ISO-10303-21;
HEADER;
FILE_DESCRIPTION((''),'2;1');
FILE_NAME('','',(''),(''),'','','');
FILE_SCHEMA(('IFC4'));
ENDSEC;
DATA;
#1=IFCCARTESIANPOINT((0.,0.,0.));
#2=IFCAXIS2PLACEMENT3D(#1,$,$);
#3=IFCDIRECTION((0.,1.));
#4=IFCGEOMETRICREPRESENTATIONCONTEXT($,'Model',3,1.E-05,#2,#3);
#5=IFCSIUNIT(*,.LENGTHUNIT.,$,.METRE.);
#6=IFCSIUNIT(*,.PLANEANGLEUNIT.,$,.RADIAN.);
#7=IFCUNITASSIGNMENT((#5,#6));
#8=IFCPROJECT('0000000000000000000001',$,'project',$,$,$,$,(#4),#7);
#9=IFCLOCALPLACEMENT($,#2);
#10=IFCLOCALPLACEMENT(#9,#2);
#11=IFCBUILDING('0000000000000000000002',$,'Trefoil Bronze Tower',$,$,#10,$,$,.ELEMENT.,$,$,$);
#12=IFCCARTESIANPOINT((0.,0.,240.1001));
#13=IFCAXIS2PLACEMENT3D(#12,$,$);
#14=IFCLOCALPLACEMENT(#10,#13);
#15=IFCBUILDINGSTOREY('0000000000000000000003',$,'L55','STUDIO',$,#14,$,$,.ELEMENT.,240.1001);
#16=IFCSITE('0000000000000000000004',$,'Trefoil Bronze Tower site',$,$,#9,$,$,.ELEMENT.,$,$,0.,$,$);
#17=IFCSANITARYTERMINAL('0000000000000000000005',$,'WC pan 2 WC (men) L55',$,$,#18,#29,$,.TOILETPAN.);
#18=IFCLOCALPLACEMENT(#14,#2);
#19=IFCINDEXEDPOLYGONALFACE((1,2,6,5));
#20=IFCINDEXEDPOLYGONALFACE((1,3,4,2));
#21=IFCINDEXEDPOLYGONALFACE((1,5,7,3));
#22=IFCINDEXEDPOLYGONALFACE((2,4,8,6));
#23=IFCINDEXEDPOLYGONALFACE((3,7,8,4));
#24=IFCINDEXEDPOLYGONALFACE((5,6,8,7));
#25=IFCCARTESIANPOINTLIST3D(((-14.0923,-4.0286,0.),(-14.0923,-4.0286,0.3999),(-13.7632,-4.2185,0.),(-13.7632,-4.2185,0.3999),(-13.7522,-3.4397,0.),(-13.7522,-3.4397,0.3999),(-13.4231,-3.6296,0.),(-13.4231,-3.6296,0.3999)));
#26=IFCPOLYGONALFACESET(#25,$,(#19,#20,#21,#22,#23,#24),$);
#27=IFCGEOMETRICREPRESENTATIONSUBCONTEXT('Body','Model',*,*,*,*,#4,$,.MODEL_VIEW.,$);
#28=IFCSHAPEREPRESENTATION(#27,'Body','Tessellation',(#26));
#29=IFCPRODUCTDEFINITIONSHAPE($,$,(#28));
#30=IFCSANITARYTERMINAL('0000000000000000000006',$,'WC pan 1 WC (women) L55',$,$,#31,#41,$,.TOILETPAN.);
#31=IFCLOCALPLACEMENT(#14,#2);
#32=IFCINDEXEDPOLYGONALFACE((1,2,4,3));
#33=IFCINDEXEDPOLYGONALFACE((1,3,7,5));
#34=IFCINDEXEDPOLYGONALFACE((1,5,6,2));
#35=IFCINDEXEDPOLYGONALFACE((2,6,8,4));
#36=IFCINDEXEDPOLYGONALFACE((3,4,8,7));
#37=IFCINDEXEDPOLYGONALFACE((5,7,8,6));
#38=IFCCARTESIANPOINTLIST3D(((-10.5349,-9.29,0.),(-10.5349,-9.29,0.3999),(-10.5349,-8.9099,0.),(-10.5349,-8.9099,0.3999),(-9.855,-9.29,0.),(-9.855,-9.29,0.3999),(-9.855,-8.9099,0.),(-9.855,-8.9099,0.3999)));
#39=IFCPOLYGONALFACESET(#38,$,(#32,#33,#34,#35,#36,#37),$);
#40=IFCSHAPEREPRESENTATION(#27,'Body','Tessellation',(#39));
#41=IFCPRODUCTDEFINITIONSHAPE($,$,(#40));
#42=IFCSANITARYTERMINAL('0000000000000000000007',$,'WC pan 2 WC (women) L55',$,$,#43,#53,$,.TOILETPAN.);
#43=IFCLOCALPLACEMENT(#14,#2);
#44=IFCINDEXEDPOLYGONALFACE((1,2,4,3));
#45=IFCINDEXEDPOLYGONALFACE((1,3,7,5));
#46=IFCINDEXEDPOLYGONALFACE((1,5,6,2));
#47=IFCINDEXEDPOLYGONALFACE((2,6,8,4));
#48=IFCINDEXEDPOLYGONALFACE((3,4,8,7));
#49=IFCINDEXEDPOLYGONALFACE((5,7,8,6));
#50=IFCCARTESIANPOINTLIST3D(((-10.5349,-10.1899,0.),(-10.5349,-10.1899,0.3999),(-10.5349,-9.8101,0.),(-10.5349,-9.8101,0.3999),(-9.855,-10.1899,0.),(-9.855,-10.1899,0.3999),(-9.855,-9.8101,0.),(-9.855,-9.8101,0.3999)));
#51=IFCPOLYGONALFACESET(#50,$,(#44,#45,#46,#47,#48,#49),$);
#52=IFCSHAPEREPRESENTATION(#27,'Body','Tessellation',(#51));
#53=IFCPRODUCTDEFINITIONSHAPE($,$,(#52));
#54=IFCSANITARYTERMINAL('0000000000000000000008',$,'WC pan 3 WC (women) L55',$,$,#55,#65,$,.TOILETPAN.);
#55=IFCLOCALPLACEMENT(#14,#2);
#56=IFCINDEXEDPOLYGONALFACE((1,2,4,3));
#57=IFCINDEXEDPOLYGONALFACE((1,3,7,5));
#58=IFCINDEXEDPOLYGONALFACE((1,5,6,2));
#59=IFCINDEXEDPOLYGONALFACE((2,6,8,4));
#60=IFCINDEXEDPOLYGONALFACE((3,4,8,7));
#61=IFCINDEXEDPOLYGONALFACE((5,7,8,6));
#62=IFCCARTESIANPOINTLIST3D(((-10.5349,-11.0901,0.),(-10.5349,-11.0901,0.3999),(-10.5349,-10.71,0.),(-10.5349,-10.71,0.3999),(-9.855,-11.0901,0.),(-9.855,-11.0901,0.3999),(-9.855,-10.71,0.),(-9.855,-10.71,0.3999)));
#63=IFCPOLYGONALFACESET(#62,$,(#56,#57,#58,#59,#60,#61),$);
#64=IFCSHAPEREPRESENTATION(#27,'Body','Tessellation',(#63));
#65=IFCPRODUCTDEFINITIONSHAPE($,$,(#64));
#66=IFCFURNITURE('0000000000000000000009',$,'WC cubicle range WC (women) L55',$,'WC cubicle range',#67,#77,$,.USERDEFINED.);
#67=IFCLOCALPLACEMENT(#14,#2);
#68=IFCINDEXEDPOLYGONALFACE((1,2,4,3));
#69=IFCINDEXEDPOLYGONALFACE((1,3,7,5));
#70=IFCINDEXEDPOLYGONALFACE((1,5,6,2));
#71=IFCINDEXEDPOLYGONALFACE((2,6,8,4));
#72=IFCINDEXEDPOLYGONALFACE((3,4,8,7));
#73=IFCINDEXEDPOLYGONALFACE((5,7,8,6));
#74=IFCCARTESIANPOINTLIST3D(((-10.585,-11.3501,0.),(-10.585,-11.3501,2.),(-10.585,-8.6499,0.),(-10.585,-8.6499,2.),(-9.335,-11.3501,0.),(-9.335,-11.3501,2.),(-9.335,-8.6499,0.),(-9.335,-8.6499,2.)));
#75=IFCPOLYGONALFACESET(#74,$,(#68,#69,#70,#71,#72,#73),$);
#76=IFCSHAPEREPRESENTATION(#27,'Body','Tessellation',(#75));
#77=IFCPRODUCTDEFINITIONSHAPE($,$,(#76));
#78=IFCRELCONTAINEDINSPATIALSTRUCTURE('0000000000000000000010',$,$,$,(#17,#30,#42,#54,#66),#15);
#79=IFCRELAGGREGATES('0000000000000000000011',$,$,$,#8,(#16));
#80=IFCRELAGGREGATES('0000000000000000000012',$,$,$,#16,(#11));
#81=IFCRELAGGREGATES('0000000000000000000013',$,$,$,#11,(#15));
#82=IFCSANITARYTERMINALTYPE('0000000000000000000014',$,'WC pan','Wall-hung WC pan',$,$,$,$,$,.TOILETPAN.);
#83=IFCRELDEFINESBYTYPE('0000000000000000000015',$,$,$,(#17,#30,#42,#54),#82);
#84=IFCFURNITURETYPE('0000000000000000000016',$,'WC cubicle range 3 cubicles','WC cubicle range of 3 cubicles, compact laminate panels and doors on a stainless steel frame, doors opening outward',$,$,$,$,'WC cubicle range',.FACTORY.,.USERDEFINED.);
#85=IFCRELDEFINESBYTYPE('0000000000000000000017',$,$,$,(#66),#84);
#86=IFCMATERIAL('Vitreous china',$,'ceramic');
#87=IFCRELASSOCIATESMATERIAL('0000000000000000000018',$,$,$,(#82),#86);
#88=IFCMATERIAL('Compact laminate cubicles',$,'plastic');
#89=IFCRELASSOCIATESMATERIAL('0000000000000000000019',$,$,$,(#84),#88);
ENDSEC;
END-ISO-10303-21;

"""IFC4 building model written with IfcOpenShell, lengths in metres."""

from ifc_helpers import new_model, si_unit, direction, frame, origin, place, context, subcontext, project, spatial, polyline, outline, extrude, material, type_object, element, save


model = new_model("IFC4")

# Units and contexts
model_context = context("Model", 3, precision=1e-05, world=origin(), true_north=direction((0.0, 1.0)))
body_context = subcontext(model_context, "Body", "Model", "MODEL_VIEW")
ifc_project = project(units=[si_unit("LENGTHUNIT", "METRE"), si_unit("PLANEANGLEUNIT", "RADIAN")], contexts=[model_context])

# Site, building, storey
site_placement = place(None, origin())
site = spatial("IfcSite", under=ifc_project, at=site_placement, Name="Trefoil Bronze Tower site", CompositionType="ELEMENT", RefElevation=0.0)
building_placement = place(site_placement, origin())
building = spatial("IfcBuilding", under=site, at=building_placement, Name="Trefoil Bronze Tower", CompositionType="ELEMENT")
storey_placement = place(building_placement, frame((0.0, 0.0, 240.1001)))
storey = spatial("IfcBuildingStorey", under=building, at=storey_placement, Name="L55", Description="STUDIO", CompositionType="ELEMENT", Elevation=240.1001)

# Sanitary terminals
ifc_material_1 = material(Name="Vitreous china", Category="ceramic")
sanitary_terminal_type_1 = type_object("IfcSanitaryTerminalType", Name="WC pan", Description="Wall-hung WC pan", PredefinedType="TOILETPAN", material=ifc_material_1)
sanitary_terminal_1_placement = place(storey_placement, origin())
element("IfcSanitaryTerminal", 1, at=sanitary_terminal_1_placement, inside=storey, type_object=sanitary_terminal_type_1, Name="WC pan 2 WC (men) L55", PredefinedType="TOILETPAN", context=body_context, shape_type="SweptSolid", body=[
    extrude(outline(polyline([(-13.4231, -3.6296), (-13.7632, -4.2185), (-14.0923, -4.0286), (-13.7522, -3.4397), (-13.4231, -3.6296)])), origin(), (0.0, 0.0, 1.0), 0.3999),
])
sanitary_terminal_2_placement = place(storey_placement, origin())
element("IfcSanitaryTerminal", 2, at=sanitary_terminal_2_placement, inside=storey, type_object=sanitary_terminal_type_1, Name="WC pan 1 WC (women) L55", PredefinedType="TOILETPAN", context=body_context, shape_type="SweptSolid", body=[
    extrude(outline(polyline([(-9.855, -8.9099), (-10.5349, -8.9099), (-10.5349, -9.29), (-9.855, -9.29), (-9.855, -8.9099)])), origin(), (0.0, 0.0, 1.0), 0.3999),
])
sanitary_terminal_3_placement = place(storey_placement, origin())
element("IfcSanitaryTerminal", 3, at=sanitary_terminal_3_placement, inside=storey, type_object=sanitary_terminal_type_1, Name="WC pan 2 WC (women) L55", PredefinedType="TOILETPAN", context=body_context, shape_type="SweptSolid", body=[
    extrude(outline(polyline([(-9.855, -9.8101), (-10.5349, -9.8101), (-10.5349, -10.1899), (-9.855, -10.1899), (-9.855, -9.8101)])), origin(), (0.0, 0.0, 1.0), 0.3999),
])
sanitary_terminal_4_placement = place(storey_placement, origin())
element("IfcSanitaryTerminal", 4, at=sanitary_terminal_4_placement, inside=storey, type_object=sanitary_terminal_type_1, Name="WC pan 3 WC (women) L55", PredefinedType="TOILETPAN", context=body_context, shape_type="SweptSolid", body=[
    extrude(outline(polyline([(-9.855, -10.71), (-10.5349, -10.71), (-10.5349, -11.0901), (-9.855, -11.0901), (-9.855, -10.71)])), origin(), (0.0, 0.0, 1.0), 0.3999),
])

# Furniture
ifc_material_2 = material(Name="Compact laminate cubicles", Category="plastic")
furniture_type = type_object("IfcFurnitureType", Name="WC cubicle range 3 cubicles", Description="WC cubicle range of 3 cubicles, compact laminate panels and doors on a stainless steel frame, doors opening outward", ElementType="WC cubicle range", AssemblyPlace="FACTORY", PredefinedType="USERDEFINED", material=ifc_material_2)
furniture_placement = place(storey_placement, origin())
element("IfcFurniture", 5, at=furniture_placement, inside=storey, type_object=furniture_type, Name="WC cubicle range WC (women) L55", ObjectType="WC cubicle range", PredefinedType="USERDEFINED", context=body_context, shape_type="SweptSolid", body=[
    extrude(outline(polyline([(-9.335, -8.6499), (-10.585, -8.6499), (-10.585, -11.3501), (-9.335, -11.3501), (-9.335, -8.6499)])), origin(), (0.0, 0.0, 1.0), 2.0),
])

save(model, "model.ifc")
